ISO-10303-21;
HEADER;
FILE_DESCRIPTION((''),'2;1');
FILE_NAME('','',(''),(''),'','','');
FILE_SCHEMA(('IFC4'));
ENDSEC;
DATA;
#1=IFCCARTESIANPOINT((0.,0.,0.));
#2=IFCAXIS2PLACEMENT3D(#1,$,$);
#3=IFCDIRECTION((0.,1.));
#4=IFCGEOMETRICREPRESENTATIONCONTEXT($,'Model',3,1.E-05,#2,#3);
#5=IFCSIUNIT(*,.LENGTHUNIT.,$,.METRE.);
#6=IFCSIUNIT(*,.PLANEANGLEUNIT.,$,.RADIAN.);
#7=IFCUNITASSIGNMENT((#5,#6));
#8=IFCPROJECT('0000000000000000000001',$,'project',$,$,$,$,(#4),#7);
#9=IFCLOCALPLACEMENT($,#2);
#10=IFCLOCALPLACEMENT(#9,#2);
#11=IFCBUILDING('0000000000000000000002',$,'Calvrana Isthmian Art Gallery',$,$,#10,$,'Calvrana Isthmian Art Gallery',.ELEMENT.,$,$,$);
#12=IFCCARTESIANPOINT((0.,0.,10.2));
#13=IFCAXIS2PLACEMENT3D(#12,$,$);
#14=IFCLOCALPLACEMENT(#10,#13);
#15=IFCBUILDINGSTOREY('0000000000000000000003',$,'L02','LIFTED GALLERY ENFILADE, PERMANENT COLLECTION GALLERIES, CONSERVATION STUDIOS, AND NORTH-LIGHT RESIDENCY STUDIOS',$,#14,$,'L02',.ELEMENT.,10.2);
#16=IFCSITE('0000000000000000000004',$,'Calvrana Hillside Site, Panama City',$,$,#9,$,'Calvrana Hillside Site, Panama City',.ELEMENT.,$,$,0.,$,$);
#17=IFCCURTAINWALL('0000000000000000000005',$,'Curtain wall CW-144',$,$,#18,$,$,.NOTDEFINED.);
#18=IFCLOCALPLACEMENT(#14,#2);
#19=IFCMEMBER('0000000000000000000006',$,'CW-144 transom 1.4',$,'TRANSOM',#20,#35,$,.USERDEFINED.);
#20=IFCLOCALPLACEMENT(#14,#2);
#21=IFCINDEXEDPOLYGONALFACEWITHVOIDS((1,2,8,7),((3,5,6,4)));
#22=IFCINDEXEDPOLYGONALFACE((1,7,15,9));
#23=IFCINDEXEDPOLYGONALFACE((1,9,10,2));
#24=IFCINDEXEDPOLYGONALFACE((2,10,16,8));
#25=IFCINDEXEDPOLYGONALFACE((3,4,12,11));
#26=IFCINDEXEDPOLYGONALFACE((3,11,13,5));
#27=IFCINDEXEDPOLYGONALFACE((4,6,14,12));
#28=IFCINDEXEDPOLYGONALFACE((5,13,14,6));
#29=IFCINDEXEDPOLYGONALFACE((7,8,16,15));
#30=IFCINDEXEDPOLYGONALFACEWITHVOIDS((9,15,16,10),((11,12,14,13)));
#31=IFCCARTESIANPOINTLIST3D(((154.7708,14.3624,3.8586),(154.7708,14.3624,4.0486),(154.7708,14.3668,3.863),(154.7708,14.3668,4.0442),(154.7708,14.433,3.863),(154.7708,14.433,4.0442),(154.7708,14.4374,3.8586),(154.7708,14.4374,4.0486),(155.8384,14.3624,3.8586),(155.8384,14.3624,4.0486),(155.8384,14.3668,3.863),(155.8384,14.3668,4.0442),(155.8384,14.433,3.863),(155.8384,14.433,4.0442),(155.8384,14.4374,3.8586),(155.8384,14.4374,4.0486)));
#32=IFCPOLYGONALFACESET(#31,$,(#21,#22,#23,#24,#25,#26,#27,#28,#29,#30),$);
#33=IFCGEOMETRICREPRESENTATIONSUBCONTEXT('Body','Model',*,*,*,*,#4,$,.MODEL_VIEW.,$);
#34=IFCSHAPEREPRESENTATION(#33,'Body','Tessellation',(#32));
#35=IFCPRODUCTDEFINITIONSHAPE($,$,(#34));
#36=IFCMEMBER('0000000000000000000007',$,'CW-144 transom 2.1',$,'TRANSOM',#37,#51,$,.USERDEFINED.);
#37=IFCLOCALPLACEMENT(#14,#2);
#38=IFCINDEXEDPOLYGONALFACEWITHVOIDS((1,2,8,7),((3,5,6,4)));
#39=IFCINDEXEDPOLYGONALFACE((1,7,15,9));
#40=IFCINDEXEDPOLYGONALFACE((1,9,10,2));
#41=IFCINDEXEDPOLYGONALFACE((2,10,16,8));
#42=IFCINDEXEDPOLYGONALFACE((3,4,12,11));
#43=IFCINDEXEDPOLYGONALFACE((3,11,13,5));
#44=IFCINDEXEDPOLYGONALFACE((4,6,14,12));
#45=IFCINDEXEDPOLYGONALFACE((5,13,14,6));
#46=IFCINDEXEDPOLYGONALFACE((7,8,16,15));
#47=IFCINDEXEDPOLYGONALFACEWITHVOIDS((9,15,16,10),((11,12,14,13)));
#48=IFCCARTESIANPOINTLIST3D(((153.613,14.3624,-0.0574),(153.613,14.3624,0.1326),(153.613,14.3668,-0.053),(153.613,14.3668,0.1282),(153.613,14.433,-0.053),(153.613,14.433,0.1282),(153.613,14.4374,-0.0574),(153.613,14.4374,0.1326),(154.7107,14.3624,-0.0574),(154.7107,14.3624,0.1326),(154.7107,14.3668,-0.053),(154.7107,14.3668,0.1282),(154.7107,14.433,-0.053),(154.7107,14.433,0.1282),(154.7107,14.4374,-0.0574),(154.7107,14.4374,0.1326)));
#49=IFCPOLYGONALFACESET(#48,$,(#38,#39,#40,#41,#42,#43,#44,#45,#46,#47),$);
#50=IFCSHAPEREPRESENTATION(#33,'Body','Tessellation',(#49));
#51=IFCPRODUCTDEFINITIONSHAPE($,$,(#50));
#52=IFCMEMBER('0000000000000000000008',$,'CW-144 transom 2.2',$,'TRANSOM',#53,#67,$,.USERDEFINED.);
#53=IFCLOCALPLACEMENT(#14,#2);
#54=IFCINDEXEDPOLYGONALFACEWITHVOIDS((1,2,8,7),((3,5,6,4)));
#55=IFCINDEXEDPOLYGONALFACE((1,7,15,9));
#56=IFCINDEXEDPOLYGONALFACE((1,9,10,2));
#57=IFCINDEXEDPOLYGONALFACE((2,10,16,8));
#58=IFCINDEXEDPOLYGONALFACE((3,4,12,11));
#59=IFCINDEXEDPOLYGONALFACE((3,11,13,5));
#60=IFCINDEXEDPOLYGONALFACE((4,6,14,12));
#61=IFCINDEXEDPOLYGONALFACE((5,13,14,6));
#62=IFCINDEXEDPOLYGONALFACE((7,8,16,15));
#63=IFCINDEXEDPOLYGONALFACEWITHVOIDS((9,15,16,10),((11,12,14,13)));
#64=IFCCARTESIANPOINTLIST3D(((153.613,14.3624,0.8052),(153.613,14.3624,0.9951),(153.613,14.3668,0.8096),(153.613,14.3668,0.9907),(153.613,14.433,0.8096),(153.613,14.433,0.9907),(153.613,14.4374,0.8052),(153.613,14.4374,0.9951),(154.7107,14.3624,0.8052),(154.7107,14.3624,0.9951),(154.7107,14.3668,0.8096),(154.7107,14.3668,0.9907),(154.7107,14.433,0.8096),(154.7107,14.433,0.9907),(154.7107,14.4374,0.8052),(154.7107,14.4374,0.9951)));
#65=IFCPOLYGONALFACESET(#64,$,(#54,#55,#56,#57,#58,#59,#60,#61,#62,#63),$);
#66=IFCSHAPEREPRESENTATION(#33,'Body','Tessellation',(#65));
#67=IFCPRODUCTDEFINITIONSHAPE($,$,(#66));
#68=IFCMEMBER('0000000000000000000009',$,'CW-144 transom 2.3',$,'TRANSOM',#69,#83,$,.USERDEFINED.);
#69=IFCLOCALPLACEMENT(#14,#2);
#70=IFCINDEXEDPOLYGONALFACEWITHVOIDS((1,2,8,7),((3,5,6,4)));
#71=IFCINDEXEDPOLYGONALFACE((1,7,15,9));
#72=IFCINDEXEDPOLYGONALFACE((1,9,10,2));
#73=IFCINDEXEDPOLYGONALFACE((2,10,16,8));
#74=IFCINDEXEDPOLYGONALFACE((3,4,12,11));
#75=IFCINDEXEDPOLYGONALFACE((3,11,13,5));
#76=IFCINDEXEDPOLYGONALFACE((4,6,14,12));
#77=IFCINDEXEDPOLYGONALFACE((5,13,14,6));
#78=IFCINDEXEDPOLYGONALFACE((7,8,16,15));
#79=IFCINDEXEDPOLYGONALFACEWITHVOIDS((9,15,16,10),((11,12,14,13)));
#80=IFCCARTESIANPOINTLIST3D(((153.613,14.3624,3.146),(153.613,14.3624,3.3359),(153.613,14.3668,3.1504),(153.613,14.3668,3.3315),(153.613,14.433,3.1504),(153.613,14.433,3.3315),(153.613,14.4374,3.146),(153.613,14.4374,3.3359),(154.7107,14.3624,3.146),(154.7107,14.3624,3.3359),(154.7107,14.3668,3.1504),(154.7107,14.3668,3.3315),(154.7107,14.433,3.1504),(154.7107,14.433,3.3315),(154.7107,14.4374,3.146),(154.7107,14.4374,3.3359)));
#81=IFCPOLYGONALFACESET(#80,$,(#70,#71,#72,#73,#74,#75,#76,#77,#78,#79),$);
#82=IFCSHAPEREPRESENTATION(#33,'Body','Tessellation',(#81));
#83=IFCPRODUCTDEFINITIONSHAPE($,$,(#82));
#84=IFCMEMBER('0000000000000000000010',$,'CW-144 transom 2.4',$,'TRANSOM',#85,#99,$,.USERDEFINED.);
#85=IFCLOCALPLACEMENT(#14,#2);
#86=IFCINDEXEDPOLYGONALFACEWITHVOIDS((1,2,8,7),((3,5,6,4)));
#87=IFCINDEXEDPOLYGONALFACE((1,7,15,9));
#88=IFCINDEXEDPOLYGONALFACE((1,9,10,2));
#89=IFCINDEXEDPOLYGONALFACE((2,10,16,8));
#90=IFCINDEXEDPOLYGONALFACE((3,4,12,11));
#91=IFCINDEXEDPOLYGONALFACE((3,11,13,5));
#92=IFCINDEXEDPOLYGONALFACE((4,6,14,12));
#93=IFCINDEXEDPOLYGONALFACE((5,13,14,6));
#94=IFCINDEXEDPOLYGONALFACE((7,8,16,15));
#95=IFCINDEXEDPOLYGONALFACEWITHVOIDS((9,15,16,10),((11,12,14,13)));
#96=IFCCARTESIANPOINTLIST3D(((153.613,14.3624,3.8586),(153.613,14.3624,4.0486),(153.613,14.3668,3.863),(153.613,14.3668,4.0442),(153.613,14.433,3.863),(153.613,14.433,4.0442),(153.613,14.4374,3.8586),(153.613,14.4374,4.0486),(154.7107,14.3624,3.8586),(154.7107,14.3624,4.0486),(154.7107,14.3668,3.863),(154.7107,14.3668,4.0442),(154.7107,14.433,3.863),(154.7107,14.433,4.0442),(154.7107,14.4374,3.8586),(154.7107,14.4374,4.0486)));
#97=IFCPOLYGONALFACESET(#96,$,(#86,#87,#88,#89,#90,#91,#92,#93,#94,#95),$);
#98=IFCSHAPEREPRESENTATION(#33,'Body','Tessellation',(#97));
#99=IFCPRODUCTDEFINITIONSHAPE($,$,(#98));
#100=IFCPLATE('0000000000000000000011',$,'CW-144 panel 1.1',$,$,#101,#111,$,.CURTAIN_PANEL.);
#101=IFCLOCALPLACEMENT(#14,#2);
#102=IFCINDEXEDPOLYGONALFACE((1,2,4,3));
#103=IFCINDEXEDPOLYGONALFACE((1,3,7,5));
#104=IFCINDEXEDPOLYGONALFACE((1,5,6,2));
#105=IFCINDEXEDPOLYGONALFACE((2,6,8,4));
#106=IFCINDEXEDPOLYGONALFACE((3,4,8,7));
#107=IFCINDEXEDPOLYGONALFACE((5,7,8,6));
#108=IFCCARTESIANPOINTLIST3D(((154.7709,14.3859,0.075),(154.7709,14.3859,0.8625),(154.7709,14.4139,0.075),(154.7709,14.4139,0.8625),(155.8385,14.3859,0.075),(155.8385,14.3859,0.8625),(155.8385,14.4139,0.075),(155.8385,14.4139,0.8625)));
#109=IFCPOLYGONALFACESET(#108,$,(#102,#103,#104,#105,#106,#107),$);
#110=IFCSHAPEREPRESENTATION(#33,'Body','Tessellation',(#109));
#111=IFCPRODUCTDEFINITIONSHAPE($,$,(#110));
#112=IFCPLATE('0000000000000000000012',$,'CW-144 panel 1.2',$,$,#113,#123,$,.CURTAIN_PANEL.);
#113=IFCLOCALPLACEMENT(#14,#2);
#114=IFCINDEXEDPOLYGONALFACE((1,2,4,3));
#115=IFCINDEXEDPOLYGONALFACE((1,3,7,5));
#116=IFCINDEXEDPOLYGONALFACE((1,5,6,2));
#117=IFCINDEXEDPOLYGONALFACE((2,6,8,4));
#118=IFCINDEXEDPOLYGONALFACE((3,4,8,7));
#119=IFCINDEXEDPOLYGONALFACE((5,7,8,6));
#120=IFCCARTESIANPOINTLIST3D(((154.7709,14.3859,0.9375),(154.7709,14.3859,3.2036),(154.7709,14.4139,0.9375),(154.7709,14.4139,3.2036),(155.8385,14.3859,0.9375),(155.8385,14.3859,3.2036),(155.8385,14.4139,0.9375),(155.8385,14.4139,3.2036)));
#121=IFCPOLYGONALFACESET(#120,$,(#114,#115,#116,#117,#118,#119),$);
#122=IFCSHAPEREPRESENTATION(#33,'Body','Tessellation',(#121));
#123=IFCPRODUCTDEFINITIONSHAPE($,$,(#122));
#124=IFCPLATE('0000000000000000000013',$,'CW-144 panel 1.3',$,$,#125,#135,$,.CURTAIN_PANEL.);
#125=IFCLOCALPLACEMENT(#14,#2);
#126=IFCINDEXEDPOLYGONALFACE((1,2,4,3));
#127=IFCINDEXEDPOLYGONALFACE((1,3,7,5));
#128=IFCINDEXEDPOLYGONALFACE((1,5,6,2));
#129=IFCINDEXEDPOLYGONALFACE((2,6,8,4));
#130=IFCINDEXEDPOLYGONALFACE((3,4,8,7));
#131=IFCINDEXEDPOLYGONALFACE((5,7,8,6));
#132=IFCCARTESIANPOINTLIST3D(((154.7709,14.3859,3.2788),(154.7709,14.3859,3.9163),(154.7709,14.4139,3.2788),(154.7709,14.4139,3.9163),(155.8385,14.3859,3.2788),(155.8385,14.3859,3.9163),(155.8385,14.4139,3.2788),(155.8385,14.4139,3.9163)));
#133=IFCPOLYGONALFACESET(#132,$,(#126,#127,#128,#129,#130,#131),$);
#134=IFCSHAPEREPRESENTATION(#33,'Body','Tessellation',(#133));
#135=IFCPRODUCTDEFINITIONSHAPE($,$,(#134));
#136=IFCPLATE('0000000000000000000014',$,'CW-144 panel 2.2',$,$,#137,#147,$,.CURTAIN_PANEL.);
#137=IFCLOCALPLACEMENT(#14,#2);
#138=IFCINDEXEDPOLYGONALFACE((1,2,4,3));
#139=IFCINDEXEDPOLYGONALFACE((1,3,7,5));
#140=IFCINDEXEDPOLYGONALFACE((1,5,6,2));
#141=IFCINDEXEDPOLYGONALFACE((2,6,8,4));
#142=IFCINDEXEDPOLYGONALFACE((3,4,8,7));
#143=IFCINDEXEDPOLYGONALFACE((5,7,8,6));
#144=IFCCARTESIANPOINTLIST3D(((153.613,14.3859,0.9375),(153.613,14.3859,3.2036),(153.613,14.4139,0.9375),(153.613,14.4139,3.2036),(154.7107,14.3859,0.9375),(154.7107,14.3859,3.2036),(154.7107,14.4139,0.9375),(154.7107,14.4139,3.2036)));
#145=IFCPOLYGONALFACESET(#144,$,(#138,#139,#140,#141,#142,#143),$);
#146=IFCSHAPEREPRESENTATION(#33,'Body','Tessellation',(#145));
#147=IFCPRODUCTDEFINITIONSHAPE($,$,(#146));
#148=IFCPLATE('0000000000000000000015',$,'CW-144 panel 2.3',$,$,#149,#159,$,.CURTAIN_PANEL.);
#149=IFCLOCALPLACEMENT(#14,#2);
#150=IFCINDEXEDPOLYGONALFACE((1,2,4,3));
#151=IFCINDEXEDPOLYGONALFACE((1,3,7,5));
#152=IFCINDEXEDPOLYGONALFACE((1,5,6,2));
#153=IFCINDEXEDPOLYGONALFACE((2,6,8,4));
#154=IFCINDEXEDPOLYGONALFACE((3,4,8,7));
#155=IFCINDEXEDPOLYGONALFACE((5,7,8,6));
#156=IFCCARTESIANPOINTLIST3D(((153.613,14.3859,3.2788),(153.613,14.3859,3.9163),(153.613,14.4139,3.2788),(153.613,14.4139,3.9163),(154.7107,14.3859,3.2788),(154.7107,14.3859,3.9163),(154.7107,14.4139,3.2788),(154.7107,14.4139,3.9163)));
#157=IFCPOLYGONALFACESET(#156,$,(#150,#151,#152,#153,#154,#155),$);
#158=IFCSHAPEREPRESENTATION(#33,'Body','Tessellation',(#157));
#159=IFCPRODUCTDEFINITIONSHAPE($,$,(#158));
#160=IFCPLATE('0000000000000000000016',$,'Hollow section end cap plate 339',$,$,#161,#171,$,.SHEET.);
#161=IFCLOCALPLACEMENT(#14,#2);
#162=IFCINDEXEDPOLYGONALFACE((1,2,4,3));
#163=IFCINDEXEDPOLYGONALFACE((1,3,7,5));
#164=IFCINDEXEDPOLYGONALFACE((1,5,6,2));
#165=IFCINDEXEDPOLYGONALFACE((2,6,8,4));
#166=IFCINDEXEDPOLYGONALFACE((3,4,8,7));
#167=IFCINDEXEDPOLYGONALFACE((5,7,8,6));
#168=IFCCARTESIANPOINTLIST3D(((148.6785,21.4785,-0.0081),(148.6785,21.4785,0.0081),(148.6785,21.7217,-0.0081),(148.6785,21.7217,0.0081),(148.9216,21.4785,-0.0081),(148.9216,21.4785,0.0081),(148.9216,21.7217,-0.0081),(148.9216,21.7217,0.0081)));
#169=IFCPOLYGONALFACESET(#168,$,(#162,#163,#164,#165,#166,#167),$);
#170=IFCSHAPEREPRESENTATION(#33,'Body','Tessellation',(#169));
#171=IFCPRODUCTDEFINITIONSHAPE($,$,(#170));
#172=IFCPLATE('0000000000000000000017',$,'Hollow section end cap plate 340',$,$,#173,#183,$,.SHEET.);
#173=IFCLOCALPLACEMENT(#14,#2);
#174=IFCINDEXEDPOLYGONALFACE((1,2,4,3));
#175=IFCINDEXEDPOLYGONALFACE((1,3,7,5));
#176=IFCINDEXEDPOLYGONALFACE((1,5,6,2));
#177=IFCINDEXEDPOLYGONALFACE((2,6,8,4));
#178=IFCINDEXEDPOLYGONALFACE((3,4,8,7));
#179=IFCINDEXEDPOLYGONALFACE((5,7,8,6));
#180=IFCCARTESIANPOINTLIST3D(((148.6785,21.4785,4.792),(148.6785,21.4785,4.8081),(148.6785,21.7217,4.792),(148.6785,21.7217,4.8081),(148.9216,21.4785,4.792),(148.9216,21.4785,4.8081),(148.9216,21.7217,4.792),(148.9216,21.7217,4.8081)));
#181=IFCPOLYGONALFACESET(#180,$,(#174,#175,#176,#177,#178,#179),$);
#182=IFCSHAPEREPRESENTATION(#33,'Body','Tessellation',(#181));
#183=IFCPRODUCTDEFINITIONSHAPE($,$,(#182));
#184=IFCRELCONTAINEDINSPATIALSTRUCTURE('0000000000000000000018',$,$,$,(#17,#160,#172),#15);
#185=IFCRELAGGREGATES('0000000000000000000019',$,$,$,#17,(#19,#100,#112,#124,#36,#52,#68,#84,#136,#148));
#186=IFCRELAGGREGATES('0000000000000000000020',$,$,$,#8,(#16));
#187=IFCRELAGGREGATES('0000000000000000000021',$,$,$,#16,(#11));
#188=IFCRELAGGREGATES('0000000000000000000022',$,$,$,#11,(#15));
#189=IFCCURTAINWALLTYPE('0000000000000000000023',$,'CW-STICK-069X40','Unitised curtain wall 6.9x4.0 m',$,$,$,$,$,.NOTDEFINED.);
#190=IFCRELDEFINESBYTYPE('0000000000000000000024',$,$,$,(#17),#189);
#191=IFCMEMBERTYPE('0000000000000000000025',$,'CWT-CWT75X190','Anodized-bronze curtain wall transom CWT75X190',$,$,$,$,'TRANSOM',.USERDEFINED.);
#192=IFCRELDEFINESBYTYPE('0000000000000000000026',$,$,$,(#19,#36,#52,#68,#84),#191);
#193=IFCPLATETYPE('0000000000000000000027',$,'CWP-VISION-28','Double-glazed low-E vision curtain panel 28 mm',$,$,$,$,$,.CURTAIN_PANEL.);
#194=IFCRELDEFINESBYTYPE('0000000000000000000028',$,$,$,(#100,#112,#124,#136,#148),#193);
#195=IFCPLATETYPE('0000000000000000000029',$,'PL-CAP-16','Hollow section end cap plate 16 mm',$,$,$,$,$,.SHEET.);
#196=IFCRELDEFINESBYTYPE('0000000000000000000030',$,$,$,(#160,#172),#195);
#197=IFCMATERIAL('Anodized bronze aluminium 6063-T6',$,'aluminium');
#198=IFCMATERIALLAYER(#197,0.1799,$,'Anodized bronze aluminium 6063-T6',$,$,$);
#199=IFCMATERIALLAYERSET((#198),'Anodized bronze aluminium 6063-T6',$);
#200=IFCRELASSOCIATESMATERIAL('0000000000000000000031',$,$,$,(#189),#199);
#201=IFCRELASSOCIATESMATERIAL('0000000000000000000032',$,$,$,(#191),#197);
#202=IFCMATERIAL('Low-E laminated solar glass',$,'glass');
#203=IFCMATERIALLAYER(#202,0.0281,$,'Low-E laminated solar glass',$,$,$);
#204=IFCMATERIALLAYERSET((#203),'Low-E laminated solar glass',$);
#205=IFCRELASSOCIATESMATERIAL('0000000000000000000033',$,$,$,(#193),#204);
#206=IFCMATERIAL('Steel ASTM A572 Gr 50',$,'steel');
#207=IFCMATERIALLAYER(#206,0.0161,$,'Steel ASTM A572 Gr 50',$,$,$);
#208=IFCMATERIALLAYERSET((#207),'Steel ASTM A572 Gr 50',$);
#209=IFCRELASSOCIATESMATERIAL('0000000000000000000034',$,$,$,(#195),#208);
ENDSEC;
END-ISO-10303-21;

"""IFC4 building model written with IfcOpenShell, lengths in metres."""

from ifc_helpers import new_model, si_unit, direction, frame, origin, origin_2d, place, context, subcontext, project, spatial, rectangle, hollow_rectangle, extrude, material, layer, layer_set, material_profile, profile_set, type_object, element, aggregate, save


model = new_model("IFC4")

# Units and contexts
model_context = context("Model", 3, precision=1e-05, world=origin(), true_north=direction((0.0, 1.0)))
body_context = subcontext(model_context, "Body", "Model", "MODEL_VIEW")
ifc_project = project(units=[si_unit("LENGTHUNIT", "METRE"), si_unit("PLANEANGLEUNIT", "RADIAN")], contexts=[model_context])

# Site, building, storey
site_placement = place(None, origin())
site = spatial("IfcSite", under=ifc_project, at=site_placement, Name="Calvrana Hillside Site, Panama City", LongName="Calvrana Hillside Site, Panama City", CompositionType="ELEMENT", RefElevation=0.0)
building_placement = place(site_placement, origin())
building = spatial("IfcBuilding", under=site, at=building_placement, Name="Calvrana Isthmian Art Gallery", LongName="Calvrana Isthmian Art Gallery", CompositionType="ELEMENT")
storey_placement = place(building_placement, frame((0.0, 0.0, 10.2)))
storey = spatial("IfcBuildingStorey", under=building, at=storey_placement, Name="L02", Description="LIFTED GALLERY ENFILADE, PERMANENT COLLECTION GALLERIES, CONSERVATION STUDIOS, AND NORTH-LIGHT RESIDENCY STUDIOS", LongName="L02", CompositionType="ELEMENT", Elevation=10.2)

# Curtain wall, members, plates
ifc_material_1 = material(Name="Anodized bronze aluminium 6063-T6", Category="aluminium")
ifc_layer_1 = layer(ifc_material_1, 0.1799, Name="Anodized bronze aluminium 6063-T6")
ifc_layer_set_1 = layer_set([ifc_layer_1], Name="Anodized bronze aluminium 6063-T6")
curtain_wall_type = type_object("IfcCurtainWallType", Name="CW-STICK-069X40", Description="Unitised curtain wall 6.9x4.0 m", PredefinedType="NOTDEFINED", material=ifc_layer_set_1)
curtain_wall_placement = place(storey_placement, origin())
curtain_wall = element("IfcCurtainWall", 1, at=curtain_wall_placement, inside=storey, type_object=curtain_wall_type, Name="Curtain wall CW-144", PredefinedType="NOTDEFINED")
ifc_material_profile_1 = material_profile(ifc_material_1, hollow_rectangle(XDim=0.075, YDim=0.1899, WallThickness=0.0044, at=origin_2d()), Name="CWT75X190")
ifc_profile_set_1 = profile_set([ifc_material_profile_1], Name="Anodized bronze aluminium 6063-T6")
member_type_1 = type_object("IfcMemberType", Name="CWT-CWT75X190", Description="Anodized-bronze curtain wall transom CWT75X190", ElementType="TRANSOM", PredefinedType="USERDEFINED", material=ifc_profile_set_1)
member_1_placement = place(storey_placement, frame((155.8384, 14.3999, 3.9536), z_axis=(-1.0, 0.0, 0.0), x_axis=(0.0, -1.0, 0.0)))
member_1 = element("IfcMember", 2, at=member_1_placement, type_object=member_type_1, Name="CW-144 transom 1.4", ObjectType="TRANSOM", PredefinedType="USERDEFINED", context=body_context, shape_type="SweptSolid", body=[
    extrude(hollow_rectangle(XDim=0.075, YDim=0.1899, WallThickness=0.0044, at=origin_2d()), origin(), (0.0, 0.0, 1.0), 1.0676),
])
member_2_placement = place(storey_placement, frame((154.7107, 14.3999, 0.0376), z_axis=(-1.0, 0.0, 0.0), x_axis=(0.0, -1.0, 0.0)))
member_2 = element("IfcMember", 3, at=member_2_placement, type_object=member_type_1, Name="CW-144 transom 2.1", ObjectType="TRANSOM", PredefinedType="USERDEFINED", context=body_context, shape_type="SweptSolid", body=[
    extrude(hollow_rectangle(XDim=0.075, YDim=0.1899, WallThickness=0.0044, at=origin_2d()), origin(), (0.0, 0.0, 1.0), 1.0977),
])
member_3_placement = place(storey_placement, frame((154.7107, 14.3999, 0.9001), z_axis=(-1.0, 0.0, 0.0), x_axis=(0.0, -1.0, 0.0)))
member_3 = element("IfcMember", 4, at=member_3_placement, type_object=member_type_1, Name="CW-144 transom 2.2", ObjectType="TRANSOM", PredefinedType="USERDEFINED", context=body_context, shape_type="SweptSolid", body=[
    extrude(hollow_rectangle(XDim=0.075, YDim=0.1899, WallThickness=0.0044, at=origin_2d()), origin(), (0.0, 0.0, 1.0), 1.0977),
])
member_4_placement = place(storey_placement, frame((154.7107, 14.3999, 3.241), z_axis=(-1.0, 0.0, 0.0), x_axis=(0.0, -1.0, 0.0)))
member_4 = element("IfcMember", 5, at=member_4_placement, type_object=member_type_1, Name="CW-144 transom 2.3", ObjectType="TRANSOM", PredefinedType="USERDEFINED", context=body_context, shape_type="SweptSolid", body=[
    extrude(hollow_rectangle(XDim=0.075, YDim=0.1899, WallThickness=0.0044, at=origin_2d()), origin(), (0.0, 0.0, 1.0), 1.0977),
])
member_5_placement = place(storey_placement, frame((154.7107, 14.3999, 3.9536), z_axis=(-1.0, 0.0, 0.0), x_axis=(0.0, -1.0, 0.0)))
member_5 = element("IfcMember", 6, at=member_5_placement, type_object=member_type_1, Name="CW-144 transom 2.4", ObjectType="TRANSOM", PredefinedType="USERDEFINED", context=body_context, shape_type="SweptSolid", body=[
    extrude(hollow_rectangle(XDim=0.075, YDim=0.1899, WallThickness=0.0044, at=origin_2d()), origin(), (0.0, 0.0, 1.0), 1.0977),
])
ifc_material_2 = material(Name="Low-E laminated solar glass", Category="glass")
ifc_layer_2 = layer(ifc_material_2, 0.0281, Name="Low-E laminated solar glass")
ifc_layer_set_2 = layer_set([ifc_layer_2], Name="Low-E laminated solar glass")
plate_type_1 = type_object("IfcPlateType", Name="CWP-VISION-28", Description="Double-glazed low-E vision curtain panel 28 mm", PredefinedType="CURTAIN_PANEL", material=ifc_layer_set_2)
plate_1_placement = place(storey_placement, frame((155.3047, 14.3999, 0.075), z_axis=(0.0, 0.0, 1.0), x_axis=(-1.0, 0.0, 0.0)))
plate_1 = element("IfcPlate", 7, at=plate_1_placement, type_object=plate_type_1, Name="CW-144 panel 1.1", PredefinedType="CURTAIN_PANEL", context=body_context, shape_type="SweptSolid", body=[
    extrude(rectangle(XDim=1.0676, YDim=0.0281, at=origin_2d()), origin(), (0.0, 0.0, 1.0), 0.7876),
])
plate_2_placement = place(storey_placement, frame((155.3047, 14.3999, 0.9375), z_axis=(0.0, 0.0, 1.0), x_axis=(-1.0, 0.0, 0.0)))
plate_2 = element("IfcPlate", 8, at=plate_2_placement, type_object=plate_type_1, Name="CW-144 panel 1.2", PredefinedType="CURTAIN_PANEL", context=body_context, shape_type="SweptSolid", body=[
    extrude(rectangle(XDim=1.0676, YDim=0.0281, at=origin_2d()), origin(), (0.0, 0.0, 1.0), 2.2661),
])
plate_3_placement = place(storey_placement, frame((155.3047, 14.3999, 3.2788), z_axis=(0.0, 0.0, 1.0), x_axis=(-1.0, 0.0, 0.0)))
plate_3 = element("IfcPlate", 9, at=plate_3_placement, type_object=plate_type_1, Name="CW-144 panel 1.3", PredefinedType="CURTAIN_PANEL", context=body_context, shape_type="SweptSolid", body=[
    extrude(rectangle(XDim=1.0676, YDim=0.0281, at=origin_2d()), origin(), (0.0, 0.0, 1.0), 0.6375),
])
plate_4_placement = place(storey_placement, frame((154.1619, 14.3999, 0.9375), z_axis=(0.0, 0.0, 1.0), x_axis=(-1.0, 0.0, 0.0)))
plate_4 = element("IfcPlate", 10, at=plate_4_placement, type_object=plate_type_1, Name="CW-144 panel 2.2", PredefinedType="CURTAIN_PANEL", context=body_context, shape_type="SweptSolid", body=[
    extrude(rectangle(XDim=1.0977, YDim=0.0281, at=origin_2d()), origin(), (0.0, 0.0, 1.0), 2.2661),
])
plate_5_placement = place(storey_placement, frame((154.1619, 14.3999, 3.2788), z_axis=(0.0, 0.0, 1.0), x_axis=(-1.0, 0.0, 0.0)))
plate_5 = element("IfcPlate", 11, at=plate_5_placement, type_object=plate_type_1, Name="CW-144 panel 2.3", PredefinedType="CURTAIN_PANEL", context=body_context, shape_type="SweptSolid", body=[
    extrude(rectangle(XDim=1.0977, YDim=0.0281, at=origin_2d()), origin(), (0.0, 0.0, 1.0), 0.6375),
])
aggregate(curtain_wall, [member_1, plate_1, plate_2, plate_3, member_2, member_3, member_4, member_5, plate_4, plate_5])

# Plates
ifc_material_3 = material(Name="Steel ASTM A572 Gr 50", Category="steel")
ifc_layer_3 = layer(ifc_material_3, 0.0161, Name="Steel ASTM A572 Gr 50")
ifc_layer_set_3 = layer_set([ifc_layer_3], Name="Steel ASTM A572 Gr 50")
plate_type_2 = type_object("IfcPlateType", Name="PL-CAP-16", Description="Hollow section end cap plate 16 mm", PredefinedType="SHEET", material=ifc_layer_set_3)
for number, where, z_axis, x_axis, name in (
    (12, (148.8, 21.6001, -0.0081), (0.0, 0.0, 1.0), (1.0, 0.0, 0.0), "Hollow section end cap plate 339"),
    (13, (148.8, 21.6001, 4.792), (0.0, 0.0, 1.0), (1.0, 0.0, 0.0), "Hollow section end cap plate 340"),
):
    element("IfcPlate", number, at=place(storey_placement, frame(where, z_axis=z_axis, x_axis=x_axis)), inside=storey, type_object=plate_type_2, Name=name, PredefinedType="SHEET", context=body_context, shape_type="SweptSolid", body=[
        extrude(rectangle(XDim=0.2432, YDim=0.2432, at=origin_2d()), origin(), (0.0, 0.0, 1.0), 0.0161),
    ])

save(model, "model.ifc")
